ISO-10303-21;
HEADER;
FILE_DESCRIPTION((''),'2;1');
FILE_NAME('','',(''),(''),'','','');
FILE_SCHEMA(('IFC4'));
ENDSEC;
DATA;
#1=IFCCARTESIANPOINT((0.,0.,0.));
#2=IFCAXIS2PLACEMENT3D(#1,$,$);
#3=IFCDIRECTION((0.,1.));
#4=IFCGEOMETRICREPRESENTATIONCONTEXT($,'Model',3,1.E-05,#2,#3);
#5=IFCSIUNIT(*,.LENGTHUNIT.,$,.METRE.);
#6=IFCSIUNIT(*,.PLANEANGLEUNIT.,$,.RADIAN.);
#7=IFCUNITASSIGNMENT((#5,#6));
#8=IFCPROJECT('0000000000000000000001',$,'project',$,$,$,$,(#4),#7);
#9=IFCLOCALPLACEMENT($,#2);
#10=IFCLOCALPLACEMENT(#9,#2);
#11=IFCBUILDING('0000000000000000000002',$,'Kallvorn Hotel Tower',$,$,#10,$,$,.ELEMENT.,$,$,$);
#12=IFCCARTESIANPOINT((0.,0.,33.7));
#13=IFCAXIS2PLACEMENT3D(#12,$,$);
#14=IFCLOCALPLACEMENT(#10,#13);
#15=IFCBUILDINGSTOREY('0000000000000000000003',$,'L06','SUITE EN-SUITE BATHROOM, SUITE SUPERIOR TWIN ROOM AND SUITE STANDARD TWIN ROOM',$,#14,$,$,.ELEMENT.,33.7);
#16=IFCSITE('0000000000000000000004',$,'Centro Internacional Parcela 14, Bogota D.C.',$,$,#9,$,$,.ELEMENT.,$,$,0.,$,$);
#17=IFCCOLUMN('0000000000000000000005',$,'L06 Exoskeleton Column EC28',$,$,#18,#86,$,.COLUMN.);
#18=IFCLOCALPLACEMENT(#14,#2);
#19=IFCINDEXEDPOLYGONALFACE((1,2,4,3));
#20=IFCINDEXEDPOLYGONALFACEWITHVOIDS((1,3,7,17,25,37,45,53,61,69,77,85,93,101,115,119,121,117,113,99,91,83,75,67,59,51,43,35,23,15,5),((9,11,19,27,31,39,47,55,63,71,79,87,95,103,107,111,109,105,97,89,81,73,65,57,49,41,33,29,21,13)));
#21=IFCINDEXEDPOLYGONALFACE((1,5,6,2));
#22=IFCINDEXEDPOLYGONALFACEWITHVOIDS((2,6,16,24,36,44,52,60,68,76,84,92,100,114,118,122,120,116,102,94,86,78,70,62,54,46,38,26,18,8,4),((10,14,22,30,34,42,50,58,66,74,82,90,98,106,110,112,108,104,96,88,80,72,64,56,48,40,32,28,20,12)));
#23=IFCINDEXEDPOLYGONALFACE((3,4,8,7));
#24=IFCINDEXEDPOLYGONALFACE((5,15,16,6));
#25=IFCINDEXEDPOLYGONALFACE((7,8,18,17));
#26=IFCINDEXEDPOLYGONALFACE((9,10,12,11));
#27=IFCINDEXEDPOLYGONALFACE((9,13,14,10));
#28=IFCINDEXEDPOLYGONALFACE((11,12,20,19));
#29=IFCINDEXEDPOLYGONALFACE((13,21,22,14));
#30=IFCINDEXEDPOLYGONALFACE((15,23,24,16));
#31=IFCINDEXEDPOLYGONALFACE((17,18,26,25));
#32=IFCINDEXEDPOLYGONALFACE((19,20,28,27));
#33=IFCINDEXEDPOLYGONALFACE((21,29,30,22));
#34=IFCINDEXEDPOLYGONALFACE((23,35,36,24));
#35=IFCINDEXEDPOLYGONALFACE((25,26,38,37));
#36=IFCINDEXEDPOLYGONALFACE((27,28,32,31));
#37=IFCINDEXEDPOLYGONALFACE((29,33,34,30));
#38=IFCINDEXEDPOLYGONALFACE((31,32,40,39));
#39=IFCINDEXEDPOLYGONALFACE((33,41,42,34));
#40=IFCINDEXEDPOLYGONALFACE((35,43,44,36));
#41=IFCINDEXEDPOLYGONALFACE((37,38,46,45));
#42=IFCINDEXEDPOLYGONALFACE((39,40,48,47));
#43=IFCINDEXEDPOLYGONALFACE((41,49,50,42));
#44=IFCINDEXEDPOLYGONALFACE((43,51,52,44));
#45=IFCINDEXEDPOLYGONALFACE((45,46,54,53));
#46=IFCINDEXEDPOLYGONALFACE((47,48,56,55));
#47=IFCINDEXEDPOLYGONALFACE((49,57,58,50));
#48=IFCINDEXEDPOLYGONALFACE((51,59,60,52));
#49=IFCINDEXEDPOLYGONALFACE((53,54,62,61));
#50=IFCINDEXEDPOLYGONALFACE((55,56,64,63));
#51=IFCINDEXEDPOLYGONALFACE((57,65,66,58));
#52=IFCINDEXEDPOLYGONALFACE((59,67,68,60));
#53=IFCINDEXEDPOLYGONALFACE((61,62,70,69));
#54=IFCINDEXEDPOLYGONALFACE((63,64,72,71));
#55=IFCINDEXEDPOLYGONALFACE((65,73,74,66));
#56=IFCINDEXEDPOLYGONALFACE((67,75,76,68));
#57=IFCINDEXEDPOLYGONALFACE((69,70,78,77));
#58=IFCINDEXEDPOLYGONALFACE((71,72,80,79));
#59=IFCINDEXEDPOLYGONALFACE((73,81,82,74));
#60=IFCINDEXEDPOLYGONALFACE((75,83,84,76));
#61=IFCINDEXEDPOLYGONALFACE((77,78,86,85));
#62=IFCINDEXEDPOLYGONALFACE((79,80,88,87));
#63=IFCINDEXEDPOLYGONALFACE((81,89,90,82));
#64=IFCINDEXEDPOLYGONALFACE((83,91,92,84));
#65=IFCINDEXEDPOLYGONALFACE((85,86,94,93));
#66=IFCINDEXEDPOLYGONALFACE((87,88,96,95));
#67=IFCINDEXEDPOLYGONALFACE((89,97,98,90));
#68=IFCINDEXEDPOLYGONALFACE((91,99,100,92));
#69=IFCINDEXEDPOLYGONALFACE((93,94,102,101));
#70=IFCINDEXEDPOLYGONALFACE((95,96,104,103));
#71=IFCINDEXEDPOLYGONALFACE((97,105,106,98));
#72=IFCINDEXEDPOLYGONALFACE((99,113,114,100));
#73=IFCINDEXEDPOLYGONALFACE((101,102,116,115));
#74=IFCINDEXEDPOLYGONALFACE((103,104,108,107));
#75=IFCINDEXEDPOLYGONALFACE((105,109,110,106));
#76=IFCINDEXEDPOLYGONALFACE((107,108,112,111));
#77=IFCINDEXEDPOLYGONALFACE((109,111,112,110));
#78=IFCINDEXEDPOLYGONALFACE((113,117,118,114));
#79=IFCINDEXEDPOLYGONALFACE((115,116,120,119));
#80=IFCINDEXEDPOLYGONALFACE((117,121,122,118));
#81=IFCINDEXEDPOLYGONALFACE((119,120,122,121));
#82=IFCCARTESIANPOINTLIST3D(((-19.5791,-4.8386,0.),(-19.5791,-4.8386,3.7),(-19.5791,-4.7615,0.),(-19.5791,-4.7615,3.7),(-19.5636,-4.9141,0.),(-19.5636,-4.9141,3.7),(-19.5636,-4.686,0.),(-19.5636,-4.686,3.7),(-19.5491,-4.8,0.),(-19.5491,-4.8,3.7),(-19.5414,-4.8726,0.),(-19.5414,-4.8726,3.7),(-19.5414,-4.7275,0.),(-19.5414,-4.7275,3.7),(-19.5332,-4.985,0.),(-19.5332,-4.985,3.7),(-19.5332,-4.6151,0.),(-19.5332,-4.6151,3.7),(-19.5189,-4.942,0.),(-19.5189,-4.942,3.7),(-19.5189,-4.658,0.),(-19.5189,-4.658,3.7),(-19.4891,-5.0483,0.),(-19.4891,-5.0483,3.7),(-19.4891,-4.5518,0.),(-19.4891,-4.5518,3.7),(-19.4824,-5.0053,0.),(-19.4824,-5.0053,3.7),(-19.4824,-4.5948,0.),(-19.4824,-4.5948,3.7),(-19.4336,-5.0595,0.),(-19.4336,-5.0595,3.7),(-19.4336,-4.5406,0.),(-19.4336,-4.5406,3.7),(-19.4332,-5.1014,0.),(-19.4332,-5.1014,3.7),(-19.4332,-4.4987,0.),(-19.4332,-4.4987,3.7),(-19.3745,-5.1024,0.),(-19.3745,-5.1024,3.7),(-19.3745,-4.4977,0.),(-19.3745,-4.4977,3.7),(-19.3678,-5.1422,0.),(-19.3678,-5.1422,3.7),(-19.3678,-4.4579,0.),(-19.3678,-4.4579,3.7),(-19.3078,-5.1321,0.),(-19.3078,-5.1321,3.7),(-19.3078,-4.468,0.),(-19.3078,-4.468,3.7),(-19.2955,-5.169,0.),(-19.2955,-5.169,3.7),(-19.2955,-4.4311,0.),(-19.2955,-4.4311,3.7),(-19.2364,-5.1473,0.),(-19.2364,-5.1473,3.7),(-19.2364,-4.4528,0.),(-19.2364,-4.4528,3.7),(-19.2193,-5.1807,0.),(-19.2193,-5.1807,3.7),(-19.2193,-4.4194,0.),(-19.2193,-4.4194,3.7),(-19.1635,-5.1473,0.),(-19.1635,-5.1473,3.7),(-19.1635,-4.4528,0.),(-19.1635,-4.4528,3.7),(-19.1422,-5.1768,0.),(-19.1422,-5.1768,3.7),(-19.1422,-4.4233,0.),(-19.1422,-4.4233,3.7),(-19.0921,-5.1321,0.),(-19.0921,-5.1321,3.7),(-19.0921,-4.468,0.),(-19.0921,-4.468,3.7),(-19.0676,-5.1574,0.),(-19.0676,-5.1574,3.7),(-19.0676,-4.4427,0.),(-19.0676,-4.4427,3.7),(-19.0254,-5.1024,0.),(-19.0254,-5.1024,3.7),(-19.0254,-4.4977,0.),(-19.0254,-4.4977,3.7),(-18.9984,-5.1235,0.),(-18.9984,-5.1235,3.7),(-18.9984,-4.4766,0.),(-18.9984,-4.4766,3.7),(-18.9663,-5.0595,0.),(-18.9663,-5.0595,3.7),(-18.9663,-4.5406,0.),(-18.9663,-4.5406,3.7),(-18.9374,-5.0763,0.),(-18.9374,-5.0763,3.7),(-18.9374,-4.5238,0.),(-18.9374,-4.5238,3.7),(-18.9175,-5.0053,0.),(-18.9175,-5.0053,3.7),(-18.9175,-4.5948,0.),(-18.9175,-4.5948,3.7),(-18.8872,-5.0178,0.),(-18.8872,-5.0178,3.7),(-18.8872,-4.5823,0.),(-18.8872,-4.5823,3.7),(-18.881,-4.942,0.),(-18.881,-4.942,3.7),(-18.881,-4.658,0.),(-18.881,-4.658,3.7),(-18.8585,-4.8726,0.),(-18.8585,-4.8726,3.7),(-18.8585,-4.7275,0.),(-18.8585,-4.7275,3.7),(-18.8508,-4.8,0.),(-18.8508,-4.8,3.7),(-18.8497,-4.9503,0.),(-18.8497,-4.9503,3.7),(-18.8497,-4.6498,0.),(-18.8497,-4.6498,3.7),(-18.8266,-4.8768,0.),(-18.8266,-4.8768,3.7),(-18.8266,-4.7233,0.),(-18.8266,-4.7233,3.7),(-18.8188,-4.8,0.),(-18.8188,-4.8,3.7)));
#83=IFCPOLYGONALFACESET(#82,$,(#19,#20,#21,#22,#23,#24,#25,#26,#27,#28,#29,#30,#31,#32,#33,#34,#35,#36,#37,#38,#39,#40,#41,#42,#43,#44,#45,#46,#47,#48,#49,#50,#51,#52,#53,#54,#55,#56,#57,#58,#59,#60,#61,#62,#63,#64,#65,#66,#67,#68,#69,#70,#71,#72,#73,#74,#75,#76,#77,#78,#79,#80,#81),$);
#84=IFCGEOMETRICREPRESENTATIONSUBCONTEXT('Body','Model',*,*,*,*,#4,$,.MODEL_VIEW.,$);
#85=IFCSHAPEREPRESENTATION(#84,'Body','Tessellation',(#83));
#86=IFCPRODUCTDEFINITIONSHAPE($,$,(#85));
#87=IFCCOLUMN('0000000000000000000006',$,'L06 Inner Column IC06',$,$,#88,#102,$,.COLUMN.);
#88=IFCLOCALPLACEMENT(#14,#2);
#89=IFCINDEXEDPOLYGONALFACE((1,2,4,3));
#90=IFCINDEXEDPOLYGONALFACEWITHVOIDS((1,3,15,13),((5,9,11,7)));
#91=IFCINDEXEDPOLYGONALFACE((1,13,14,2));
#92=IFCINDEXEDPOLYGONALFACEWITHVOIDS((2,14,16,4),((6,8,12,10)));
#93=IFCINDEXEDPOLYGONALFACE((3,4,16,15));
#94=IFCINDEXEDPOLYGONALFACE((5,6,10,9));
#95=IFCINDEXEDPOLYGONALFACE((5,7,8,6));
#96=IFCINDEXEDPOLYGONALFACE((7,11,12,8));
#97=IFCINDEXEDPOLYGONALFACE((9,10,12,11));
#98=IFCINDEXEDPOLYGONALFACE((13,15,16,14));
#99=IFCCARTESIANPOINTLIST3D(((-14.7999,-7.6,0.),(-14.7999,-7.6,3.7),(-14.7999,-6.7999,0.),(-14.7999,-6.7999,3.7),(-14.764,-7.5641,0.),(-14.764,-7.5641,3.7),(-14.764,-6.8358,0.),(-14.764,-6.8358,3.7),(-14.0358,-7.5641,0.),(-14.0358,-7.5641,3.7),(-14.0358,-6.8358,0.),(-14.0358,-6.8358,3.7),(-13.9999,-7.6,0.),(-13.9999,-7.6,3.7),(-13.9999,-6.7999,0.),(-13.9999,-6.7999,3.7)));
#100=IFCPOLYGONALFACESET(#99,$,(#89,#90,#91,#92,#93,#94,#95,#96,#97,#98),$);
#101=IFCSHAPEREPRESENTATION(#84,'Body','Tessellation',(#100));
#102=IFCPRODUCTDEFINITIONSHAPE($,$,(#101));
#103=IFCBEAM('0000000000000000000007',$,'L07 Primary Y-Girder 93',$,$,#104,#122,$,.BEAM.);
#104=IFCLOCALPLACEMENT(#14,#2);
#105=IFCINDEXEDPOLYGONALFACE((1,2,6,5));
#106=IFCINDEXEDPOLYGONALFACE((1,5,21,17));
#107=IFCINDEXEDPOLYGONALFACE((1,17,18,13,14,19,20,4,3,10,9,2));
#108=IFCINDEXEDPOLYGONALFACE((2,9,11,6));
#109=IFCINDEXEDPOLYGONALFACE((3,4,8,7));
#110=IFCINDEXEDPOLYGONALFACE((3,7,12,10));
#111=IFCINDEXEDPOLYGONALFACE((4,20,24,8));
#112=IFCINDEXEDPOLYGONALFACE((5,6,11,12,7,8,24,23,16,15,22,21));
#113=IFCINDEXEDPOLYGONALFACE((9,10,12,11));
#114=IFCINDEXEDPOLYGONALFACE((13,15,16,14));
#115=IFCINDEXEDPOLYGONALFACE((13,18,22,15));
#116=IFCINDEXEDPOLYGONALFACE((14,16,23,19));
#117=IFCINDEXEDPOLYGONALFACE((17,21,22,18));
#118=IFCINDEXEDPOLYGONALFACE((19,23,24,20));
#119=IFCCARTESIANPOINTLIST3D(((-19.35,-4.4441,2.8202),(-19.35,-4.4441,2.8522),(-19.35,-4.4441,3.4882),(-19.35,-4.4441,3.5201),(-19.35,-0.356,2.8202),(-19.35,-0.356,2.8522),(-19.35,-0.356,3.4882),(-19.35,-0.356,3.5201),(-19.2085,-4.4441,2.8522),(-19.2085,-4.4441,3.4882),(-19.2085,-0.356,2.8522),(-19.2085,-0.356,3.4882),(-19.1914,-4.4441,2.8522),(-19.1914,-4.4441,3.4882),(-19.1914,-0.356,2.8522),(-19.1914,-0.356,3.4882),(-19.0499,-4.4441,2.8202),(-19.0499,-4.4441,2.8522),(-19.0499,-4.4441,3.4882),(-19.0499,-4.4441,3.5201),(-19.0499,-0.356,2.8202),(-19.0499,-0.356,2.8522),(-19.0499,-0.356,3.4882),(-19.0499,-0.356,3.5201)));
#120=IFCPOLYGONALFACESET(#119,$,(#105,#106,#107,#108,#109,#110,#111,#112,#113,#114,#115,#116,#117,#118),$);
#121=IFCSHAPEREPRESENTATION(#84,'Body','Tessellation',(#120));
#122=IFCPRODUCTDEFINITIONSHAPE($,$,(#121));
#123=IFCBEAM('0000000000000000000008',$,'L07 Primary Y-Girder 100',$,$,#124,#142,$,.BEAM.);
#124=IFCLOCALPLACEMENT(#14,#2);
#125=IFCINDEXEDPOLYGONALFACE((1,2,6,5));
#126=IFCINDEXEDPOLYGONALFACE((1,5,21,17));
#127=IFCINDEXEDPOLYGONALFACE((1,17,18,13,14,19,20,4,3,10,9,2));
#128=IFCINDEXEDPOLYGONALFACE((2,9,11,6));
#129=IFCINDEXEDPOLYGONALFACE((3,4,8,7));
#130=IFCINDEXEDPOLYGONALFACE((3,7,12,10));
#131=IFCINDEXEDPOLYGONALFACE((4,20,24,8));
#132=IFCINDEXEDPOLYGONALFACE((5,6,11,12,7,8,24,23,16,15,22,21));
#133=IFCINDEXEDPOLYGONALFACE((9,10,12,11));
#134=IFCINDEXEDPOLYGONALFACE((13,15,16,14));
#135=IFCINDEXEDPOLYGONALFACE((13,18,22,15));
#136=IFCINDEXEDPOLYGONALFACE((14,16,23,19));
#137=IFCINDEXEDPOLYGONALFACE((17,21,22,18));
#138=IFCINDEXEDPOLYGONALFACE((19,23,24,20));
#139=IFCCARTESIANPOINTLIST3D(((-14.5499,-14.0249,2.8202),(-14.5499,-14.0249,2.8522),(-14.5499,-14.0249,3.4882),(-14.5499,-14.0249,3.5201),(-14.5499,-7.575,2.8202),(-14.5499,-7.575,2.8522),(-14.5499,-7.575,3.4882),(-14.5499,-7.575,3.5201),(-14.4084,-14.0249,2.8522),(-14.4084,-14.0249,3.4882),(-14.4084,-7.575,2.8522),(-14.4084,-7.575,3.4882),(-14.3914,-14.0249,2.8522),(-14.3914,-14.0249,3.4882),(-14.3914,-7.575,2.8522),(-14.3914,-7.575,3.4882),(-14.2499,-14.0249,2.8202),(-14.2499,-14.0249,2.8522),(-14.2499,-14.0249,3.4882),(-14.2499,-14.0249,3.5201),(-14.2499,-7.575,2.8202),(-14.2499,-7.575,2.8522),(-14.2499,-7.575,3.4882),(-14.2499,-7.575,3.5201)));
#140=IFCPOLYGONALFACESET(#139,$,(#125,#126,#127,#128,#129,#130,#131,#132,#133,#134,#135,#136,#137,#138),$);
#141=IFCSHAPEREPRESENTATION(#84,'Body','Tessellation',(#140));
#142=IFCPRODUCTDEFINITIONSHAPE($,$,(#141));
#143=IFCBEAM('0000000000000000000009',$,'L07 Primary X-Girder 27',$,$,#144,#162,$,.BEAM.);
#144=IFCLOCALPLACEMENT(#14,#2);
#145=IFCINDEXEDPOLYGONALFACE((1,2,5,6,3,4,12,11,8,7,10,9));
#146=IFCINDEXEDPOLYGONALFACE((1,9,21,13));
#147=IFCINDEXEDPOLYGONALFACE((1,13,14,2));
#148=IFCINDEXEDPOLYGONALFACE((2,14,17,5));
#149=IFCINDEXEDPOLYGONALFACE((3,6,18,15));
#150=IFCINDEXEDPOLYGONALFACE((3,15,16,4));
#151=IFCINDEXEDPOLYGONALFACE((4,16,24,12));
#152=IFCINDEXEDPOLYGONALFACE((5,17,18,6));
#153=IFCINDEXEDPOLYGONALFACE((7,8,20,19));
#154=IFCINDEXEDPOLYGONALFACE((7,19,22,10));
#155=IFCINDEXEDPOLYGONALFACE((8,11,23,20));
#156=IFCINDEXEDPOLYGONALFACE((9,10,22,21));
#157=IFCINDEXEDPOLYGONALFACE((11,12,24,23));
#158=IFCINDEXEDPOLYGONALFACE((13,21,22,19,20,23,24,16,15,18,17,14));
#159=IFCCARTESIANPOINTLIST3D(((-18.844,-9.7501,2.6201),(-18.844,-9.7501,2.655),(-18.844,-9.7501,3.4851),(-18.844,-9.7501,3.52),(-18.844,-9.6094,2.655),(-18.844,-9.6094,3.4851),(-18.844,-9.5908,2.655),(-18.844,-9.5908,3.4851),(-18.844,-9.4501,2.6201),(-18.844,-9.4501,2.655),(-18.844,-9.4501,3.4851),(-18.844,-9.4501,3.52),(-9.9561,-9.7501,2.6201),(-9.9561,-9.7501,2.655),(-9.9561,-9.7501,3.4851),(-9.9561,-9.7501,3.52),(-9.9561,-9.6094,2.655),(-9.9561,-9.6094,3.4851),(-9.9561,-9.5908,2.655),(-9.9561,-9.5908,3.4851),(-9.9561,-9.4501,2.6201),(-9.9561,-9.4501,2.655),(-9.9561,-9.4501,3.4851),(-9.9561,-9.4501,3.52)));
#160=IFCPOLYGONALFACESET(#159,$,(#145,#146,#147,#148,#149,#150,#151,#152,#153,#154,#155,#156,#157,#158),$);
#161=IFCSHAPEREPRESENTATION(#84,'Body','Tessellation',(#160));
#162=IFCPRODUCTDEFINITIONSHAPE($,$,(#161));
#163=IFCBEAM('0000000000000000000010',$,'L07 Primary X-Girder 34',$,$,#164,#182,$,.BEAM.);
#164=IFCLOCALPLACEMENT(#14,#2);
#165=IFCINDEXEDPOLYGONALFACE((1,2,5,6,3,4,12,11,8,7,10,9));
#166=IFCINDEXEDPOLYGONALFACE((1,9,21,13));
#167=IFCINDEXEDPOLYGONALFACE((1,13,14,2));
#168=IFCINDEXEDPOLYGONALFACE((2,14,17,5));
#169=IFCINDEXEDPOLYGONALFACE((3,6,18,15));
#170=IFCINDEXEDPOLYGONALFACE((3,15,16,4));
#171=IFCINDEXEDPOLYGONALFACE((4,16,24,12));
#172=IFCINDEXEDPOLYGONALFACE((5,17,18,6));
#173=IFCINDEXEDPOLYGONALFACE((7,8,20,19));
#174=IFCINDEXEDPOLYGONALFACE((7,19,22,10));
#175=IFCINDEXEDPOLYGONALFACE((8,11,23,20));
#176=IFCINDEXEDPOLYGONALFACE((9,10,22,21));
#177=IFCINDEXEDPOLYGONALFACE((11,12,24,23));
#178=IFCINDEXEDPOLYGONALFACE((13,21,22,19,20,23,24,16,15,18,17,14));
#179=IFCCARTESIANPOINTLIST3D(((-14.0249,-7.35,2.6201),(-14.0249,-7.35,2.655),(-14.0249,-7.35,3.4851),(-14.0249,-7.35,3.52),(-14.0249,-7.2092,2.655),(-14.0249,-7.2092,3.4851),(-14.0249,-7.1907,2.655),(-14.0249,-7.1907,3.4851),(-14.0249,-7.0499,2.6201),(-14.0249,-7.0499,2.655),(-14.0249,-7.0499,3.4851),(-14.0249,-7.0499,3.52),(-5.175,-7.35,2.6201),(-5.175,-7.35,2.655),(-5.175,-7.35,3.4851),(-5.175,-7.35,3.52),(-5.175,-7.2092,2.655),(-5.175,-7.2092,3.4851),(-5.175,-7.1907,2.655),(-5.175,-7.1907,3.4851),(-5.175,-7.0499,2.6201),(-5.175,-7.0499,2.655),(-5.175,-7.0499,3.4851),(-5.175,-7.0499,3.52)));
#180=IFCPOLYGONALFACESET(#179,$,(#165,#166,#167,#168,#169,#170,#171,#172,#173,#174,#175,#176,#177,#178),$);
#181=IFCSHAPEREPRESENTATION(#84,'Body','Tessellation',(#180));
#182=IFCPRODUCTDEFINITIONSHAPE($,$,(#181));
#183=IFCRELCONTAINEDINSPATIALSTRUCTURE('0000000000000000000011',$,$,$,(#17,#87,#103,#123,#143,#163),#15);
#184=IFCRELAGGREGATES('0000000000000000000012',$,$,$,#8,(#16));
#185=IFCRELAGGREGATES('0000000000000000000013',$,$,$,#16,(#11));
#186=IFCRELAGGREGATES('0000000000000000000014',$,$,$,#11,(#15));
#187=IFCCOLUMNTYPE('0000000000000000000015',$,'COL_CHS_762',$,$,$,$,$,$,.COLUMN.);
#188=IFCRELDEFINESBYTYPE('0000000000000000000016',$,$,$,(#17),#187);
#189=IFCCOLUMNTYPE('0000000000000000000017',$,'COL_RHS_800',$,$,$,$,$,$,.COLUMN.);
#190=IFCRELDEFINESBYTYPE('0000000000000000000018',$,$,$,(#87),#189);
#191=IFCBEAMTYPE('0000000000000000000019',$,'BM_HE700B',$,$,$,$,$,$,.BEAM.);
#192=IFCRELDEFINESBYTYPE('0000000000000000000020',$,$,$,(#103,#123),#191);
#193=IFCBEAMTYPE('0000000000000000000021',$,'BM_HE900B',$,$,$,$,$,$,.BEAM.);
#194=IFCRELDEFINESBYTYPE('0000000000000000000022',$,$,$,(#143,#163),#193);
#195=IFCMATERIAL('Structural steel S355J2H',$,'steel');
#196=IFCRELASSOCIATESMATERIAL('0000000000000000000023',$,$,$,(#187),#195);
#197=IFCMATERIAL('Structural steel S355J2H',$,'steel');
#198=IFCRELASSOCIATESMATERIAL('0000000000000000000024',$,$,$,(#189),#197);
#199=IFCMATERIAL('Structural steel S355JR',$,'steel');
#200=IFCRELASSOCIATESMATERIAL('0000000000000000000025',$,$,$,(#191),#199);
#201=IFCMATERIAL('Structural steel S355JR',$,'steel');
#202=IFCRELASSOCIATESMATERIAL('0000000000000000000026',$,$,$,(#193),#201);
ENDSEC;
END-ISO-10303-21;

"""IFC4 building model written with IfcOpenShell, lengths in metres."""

from ifc_helpers import new_model, si_unit, direction, frame, origin, origin_2d, place, context, subcontext, project, spatial, hollow_rectangle, hollow_circle, i_section, extrude, material, material_profile, profile_set, type_object, element, save


model = new_model("IFC4")

# Units and contexts
model_context = context("Model", 3, precision=1e-05, world=origin(), true_north=direction((0.0, 1.0)))
body_context = subcontext(model_context, "Body", "Model", "MODEL_VIEW")
ifc_project = project(units=[si_unit("LENGTHUNIT", "METRE"), si_unit("PLANEANGLEUNIT", "RADIAN")], contexts=[model_context])

# Site, building, storey
site_placement = place(None, origin())
site = spatial("IfcSite", under=ifc_project, at=site_placement, Name="Centro Internacional Parcela 14, Bogota D.C.", CompositionType="ELEMENT", RefElevation=0.0)
building_placement = place(site_placement, origin())
building = spatial("IfcBuilding", under=site, at=building_placement, Name="Kallvorn Hotel Tower", CompositionType="ELEMENT")
storey_placement = place(building_placement, frame((0.0, 0.0, 33.7)))
storey = spatial("IfcBuildingStorey", under=building, at=storey_placement, Name="L06", Description="SUITE EN-SUITE BATHROOM, SUITE SUPERIOR TWIN ROOM AND SUITE STANDARD TWIN ROOM", CompositionType="ELEMENT", Elevation=33.7)

# Columns
ifc_material_1 = material(Name="Structural steel S355J2H", Category="steel")
ifc_material_profile_1 = material_profile(ifc_material_1, hollow_circle(Radius=0.3811, WallThickness=0.032, at=origin_2d()), Name="CHS 762x32")
ifc_profile_set_1 = profile_set([ifc_material_profile_1], Name="Structural steel S355J2H")
column_type_1 = type_object("IfcColumnType", Name="COL_CHS_762", PredefinedType="COLUMN", material=ifc_profile_set_1)
column_1_placement = place(storey_placement, frame((-19.2, -4.8, 0.0), z_axis=(0.0, 0.0, 1.0), x_axis=(1.0, 0.0, 0.0)))
element("IfcColumn", 1, at=column_1_placement, inside=storey, type_object=column_type_1, Name="L06 Exoskeleton Column EC28", PredefinedType="COLUMN", context=body_context, shape_type="SweptSolid", body=[
    extrude(hollow_circle(Radius=0.3811, WallThickness=0.032, at=origin_2d()), origin(), (0.0, 0.0, 1.0), 3.7),
])
ifc_material_2 = material(Name="Structural steel S355J2H", Category="steel")
ifc_material_profile_2 = material_profile(ifc_material_2, hollow_rectangle(XDim=0.8, YDim=0.8, WallThickness=0.0359, at=origin_2d()), Name="RHS 800x800x36")
ifc_profile_set_2 = profile_set([ifc_material_profile_2], Name="Structural steel S355J2H")
column_type_2 = type_object("IfcColumnType", Name="COL_RHS_800", PredefinedType="COLUMN", material=ifc_profile_set_2)
column_2_placement = place(storey_placement, frame((-14.3999, -7.2, 0.0), z_axis=(0.0, 0.0, 1.0), x_axis=(1.0, 0.0, 0.0)))
element("IfcColumn", 2, at=column_2_placement, inside=storey, type_object=column_type_2, Name="L06 Inner Column IC06", PredefinedType="COLUMN", context=body_context, shape_type="SweptSolid", body=[
    extrude(hollow_rectangle(XDim=0.8, YDim=0.8, WallThickness=0.0359, at=origin_2d()), origin(), (0.0, 0.0, 1.0), 3.7),
])

# Beams
ifc_material_3 = material(Name="Structural steel S355JR", Category="steel")
ifc_material_profile_3 = material_profile(ifc_material_3, i_section(OverallWidth=0.3, OverallDepth=0.7, WebThickness=0.0171, FlangeThickness=0.032, at=origin_2d()), Name="HE 700 B")
ifc_profile_set_3 = profile_set([ifc_material_profile_3], Name="Structural steel S355JR")
beam_type_1 = type_object("IfcBeamType", Name="BM_HE700B", PredefinedType="BEAM", material=ifc_profile_set_3)
beam_1_placement = place(storey_placement, frame((-19.2, -4.4441, 3.1702), z_axis=(0.0, 1.0, 0.0), x_axis=(-1.0, 0.0, 0.0)))
element("IfcBeam", 3, at=beam_1_placement, inside=storey, type_object=beam_type_1, Name="L07 Primary Y-Girder 93", PredefinedType="BEAM", context=body_context, shape_type="SweptSolid", body=[
    extrude(i_section(OverallWidth=0.3, OverallDepth=0.7, WebThickness=0.0171, FlangeThickness=0.032, at=origin_2d()), origin(), (0.0, 0.0, 1.0), 4.0881),
])
beam_2_placement = place(storey_placement, frame((-14.3999, -14.0249, 3.1702), z_axis=(0.0, 1.0, 0.0), x_axis=(-1.0, 0.0, 0.0)))
element("IfcBeam", 4, at=beam_2_placement, inside=storey, type_object=beam_type_1, Name="L07 Primary Y-Girder 100", PredefinedType="BEAM", context=body_context, shape_type="SweptSolid", body=[
    extrude(i_section(OverallWidth=0.3, OverallDepth=0.7, WebThickness=0.0171, FlangeThickness=0.032, at=origin_2d()), origin(), (0.0, 0.0, 1.0), 6.45),
])
ifc_material_4 = material(Name="Structural steel S355JR", Category="steel")
ifc_material_profile_4 = material_profile(ifc_material_4, i_section(OverallWidth=0.3, OverallDepth=0.8999, WebThickness=0.0186, FlangeThickness=0.0349, at=origin_2d()), Name="HE 900 B")
ifc_profile_set_4 = profile_set([ifc_material_profile_4], Name="Structural steel S355JR")
beam_type_2 = type_object("IfcBeamType", Name="BM_HE900B", PredefinedType="BEAM", material=ifc_profile_set_4)
beam_3_placement = place(storey_placement, frame((-18.844, -9.6001, 3.0701), z_axis=(1.0, 0.0, 0.0), x_axis=(0.0, 1.0, 0.0)))
element("IfcBeam", 5, at=beam_3_placement, inside=storey, type_object=beam_type_2, Name="L07 Primary X-Girder 27", PredefinedType="BEAM", context=body_context, shape_type="SweptSolid", body=[
    extrude(i_section(OverallWidth=0.3, OverallDepth=0.8999, WebThickness=0.0186, FlangeThickness=0.0349, at=origin_2d()), origin(), (0.0, 0.0, 1.0), 8.8879),
])
beam_4_placement = place(storey_placement, frame((-14.0249, -7.2, 3.0701), z_axis=(1.0, 0.0, 0.0), x_axis=(0.0, 1.0, 0.0)))
element("IfcBeam", 6, at=beam_4_placement, inside=storey, type_object=beam_type_2, Name="L07 Primary X-Girder 34", PredefinedType="BEAM", context=body_context, shape_type="SweptSolid", body=[
    extrude(i_section(OverallWidth=0.3, OverallDepth=0.8999, WebThickness=0.0186, FlangeThickness=0.0349, at=origin_2d()), origin(), (0.0, 0.0, 1.0), 8.8499),
])

save(model, "model.ifc")
